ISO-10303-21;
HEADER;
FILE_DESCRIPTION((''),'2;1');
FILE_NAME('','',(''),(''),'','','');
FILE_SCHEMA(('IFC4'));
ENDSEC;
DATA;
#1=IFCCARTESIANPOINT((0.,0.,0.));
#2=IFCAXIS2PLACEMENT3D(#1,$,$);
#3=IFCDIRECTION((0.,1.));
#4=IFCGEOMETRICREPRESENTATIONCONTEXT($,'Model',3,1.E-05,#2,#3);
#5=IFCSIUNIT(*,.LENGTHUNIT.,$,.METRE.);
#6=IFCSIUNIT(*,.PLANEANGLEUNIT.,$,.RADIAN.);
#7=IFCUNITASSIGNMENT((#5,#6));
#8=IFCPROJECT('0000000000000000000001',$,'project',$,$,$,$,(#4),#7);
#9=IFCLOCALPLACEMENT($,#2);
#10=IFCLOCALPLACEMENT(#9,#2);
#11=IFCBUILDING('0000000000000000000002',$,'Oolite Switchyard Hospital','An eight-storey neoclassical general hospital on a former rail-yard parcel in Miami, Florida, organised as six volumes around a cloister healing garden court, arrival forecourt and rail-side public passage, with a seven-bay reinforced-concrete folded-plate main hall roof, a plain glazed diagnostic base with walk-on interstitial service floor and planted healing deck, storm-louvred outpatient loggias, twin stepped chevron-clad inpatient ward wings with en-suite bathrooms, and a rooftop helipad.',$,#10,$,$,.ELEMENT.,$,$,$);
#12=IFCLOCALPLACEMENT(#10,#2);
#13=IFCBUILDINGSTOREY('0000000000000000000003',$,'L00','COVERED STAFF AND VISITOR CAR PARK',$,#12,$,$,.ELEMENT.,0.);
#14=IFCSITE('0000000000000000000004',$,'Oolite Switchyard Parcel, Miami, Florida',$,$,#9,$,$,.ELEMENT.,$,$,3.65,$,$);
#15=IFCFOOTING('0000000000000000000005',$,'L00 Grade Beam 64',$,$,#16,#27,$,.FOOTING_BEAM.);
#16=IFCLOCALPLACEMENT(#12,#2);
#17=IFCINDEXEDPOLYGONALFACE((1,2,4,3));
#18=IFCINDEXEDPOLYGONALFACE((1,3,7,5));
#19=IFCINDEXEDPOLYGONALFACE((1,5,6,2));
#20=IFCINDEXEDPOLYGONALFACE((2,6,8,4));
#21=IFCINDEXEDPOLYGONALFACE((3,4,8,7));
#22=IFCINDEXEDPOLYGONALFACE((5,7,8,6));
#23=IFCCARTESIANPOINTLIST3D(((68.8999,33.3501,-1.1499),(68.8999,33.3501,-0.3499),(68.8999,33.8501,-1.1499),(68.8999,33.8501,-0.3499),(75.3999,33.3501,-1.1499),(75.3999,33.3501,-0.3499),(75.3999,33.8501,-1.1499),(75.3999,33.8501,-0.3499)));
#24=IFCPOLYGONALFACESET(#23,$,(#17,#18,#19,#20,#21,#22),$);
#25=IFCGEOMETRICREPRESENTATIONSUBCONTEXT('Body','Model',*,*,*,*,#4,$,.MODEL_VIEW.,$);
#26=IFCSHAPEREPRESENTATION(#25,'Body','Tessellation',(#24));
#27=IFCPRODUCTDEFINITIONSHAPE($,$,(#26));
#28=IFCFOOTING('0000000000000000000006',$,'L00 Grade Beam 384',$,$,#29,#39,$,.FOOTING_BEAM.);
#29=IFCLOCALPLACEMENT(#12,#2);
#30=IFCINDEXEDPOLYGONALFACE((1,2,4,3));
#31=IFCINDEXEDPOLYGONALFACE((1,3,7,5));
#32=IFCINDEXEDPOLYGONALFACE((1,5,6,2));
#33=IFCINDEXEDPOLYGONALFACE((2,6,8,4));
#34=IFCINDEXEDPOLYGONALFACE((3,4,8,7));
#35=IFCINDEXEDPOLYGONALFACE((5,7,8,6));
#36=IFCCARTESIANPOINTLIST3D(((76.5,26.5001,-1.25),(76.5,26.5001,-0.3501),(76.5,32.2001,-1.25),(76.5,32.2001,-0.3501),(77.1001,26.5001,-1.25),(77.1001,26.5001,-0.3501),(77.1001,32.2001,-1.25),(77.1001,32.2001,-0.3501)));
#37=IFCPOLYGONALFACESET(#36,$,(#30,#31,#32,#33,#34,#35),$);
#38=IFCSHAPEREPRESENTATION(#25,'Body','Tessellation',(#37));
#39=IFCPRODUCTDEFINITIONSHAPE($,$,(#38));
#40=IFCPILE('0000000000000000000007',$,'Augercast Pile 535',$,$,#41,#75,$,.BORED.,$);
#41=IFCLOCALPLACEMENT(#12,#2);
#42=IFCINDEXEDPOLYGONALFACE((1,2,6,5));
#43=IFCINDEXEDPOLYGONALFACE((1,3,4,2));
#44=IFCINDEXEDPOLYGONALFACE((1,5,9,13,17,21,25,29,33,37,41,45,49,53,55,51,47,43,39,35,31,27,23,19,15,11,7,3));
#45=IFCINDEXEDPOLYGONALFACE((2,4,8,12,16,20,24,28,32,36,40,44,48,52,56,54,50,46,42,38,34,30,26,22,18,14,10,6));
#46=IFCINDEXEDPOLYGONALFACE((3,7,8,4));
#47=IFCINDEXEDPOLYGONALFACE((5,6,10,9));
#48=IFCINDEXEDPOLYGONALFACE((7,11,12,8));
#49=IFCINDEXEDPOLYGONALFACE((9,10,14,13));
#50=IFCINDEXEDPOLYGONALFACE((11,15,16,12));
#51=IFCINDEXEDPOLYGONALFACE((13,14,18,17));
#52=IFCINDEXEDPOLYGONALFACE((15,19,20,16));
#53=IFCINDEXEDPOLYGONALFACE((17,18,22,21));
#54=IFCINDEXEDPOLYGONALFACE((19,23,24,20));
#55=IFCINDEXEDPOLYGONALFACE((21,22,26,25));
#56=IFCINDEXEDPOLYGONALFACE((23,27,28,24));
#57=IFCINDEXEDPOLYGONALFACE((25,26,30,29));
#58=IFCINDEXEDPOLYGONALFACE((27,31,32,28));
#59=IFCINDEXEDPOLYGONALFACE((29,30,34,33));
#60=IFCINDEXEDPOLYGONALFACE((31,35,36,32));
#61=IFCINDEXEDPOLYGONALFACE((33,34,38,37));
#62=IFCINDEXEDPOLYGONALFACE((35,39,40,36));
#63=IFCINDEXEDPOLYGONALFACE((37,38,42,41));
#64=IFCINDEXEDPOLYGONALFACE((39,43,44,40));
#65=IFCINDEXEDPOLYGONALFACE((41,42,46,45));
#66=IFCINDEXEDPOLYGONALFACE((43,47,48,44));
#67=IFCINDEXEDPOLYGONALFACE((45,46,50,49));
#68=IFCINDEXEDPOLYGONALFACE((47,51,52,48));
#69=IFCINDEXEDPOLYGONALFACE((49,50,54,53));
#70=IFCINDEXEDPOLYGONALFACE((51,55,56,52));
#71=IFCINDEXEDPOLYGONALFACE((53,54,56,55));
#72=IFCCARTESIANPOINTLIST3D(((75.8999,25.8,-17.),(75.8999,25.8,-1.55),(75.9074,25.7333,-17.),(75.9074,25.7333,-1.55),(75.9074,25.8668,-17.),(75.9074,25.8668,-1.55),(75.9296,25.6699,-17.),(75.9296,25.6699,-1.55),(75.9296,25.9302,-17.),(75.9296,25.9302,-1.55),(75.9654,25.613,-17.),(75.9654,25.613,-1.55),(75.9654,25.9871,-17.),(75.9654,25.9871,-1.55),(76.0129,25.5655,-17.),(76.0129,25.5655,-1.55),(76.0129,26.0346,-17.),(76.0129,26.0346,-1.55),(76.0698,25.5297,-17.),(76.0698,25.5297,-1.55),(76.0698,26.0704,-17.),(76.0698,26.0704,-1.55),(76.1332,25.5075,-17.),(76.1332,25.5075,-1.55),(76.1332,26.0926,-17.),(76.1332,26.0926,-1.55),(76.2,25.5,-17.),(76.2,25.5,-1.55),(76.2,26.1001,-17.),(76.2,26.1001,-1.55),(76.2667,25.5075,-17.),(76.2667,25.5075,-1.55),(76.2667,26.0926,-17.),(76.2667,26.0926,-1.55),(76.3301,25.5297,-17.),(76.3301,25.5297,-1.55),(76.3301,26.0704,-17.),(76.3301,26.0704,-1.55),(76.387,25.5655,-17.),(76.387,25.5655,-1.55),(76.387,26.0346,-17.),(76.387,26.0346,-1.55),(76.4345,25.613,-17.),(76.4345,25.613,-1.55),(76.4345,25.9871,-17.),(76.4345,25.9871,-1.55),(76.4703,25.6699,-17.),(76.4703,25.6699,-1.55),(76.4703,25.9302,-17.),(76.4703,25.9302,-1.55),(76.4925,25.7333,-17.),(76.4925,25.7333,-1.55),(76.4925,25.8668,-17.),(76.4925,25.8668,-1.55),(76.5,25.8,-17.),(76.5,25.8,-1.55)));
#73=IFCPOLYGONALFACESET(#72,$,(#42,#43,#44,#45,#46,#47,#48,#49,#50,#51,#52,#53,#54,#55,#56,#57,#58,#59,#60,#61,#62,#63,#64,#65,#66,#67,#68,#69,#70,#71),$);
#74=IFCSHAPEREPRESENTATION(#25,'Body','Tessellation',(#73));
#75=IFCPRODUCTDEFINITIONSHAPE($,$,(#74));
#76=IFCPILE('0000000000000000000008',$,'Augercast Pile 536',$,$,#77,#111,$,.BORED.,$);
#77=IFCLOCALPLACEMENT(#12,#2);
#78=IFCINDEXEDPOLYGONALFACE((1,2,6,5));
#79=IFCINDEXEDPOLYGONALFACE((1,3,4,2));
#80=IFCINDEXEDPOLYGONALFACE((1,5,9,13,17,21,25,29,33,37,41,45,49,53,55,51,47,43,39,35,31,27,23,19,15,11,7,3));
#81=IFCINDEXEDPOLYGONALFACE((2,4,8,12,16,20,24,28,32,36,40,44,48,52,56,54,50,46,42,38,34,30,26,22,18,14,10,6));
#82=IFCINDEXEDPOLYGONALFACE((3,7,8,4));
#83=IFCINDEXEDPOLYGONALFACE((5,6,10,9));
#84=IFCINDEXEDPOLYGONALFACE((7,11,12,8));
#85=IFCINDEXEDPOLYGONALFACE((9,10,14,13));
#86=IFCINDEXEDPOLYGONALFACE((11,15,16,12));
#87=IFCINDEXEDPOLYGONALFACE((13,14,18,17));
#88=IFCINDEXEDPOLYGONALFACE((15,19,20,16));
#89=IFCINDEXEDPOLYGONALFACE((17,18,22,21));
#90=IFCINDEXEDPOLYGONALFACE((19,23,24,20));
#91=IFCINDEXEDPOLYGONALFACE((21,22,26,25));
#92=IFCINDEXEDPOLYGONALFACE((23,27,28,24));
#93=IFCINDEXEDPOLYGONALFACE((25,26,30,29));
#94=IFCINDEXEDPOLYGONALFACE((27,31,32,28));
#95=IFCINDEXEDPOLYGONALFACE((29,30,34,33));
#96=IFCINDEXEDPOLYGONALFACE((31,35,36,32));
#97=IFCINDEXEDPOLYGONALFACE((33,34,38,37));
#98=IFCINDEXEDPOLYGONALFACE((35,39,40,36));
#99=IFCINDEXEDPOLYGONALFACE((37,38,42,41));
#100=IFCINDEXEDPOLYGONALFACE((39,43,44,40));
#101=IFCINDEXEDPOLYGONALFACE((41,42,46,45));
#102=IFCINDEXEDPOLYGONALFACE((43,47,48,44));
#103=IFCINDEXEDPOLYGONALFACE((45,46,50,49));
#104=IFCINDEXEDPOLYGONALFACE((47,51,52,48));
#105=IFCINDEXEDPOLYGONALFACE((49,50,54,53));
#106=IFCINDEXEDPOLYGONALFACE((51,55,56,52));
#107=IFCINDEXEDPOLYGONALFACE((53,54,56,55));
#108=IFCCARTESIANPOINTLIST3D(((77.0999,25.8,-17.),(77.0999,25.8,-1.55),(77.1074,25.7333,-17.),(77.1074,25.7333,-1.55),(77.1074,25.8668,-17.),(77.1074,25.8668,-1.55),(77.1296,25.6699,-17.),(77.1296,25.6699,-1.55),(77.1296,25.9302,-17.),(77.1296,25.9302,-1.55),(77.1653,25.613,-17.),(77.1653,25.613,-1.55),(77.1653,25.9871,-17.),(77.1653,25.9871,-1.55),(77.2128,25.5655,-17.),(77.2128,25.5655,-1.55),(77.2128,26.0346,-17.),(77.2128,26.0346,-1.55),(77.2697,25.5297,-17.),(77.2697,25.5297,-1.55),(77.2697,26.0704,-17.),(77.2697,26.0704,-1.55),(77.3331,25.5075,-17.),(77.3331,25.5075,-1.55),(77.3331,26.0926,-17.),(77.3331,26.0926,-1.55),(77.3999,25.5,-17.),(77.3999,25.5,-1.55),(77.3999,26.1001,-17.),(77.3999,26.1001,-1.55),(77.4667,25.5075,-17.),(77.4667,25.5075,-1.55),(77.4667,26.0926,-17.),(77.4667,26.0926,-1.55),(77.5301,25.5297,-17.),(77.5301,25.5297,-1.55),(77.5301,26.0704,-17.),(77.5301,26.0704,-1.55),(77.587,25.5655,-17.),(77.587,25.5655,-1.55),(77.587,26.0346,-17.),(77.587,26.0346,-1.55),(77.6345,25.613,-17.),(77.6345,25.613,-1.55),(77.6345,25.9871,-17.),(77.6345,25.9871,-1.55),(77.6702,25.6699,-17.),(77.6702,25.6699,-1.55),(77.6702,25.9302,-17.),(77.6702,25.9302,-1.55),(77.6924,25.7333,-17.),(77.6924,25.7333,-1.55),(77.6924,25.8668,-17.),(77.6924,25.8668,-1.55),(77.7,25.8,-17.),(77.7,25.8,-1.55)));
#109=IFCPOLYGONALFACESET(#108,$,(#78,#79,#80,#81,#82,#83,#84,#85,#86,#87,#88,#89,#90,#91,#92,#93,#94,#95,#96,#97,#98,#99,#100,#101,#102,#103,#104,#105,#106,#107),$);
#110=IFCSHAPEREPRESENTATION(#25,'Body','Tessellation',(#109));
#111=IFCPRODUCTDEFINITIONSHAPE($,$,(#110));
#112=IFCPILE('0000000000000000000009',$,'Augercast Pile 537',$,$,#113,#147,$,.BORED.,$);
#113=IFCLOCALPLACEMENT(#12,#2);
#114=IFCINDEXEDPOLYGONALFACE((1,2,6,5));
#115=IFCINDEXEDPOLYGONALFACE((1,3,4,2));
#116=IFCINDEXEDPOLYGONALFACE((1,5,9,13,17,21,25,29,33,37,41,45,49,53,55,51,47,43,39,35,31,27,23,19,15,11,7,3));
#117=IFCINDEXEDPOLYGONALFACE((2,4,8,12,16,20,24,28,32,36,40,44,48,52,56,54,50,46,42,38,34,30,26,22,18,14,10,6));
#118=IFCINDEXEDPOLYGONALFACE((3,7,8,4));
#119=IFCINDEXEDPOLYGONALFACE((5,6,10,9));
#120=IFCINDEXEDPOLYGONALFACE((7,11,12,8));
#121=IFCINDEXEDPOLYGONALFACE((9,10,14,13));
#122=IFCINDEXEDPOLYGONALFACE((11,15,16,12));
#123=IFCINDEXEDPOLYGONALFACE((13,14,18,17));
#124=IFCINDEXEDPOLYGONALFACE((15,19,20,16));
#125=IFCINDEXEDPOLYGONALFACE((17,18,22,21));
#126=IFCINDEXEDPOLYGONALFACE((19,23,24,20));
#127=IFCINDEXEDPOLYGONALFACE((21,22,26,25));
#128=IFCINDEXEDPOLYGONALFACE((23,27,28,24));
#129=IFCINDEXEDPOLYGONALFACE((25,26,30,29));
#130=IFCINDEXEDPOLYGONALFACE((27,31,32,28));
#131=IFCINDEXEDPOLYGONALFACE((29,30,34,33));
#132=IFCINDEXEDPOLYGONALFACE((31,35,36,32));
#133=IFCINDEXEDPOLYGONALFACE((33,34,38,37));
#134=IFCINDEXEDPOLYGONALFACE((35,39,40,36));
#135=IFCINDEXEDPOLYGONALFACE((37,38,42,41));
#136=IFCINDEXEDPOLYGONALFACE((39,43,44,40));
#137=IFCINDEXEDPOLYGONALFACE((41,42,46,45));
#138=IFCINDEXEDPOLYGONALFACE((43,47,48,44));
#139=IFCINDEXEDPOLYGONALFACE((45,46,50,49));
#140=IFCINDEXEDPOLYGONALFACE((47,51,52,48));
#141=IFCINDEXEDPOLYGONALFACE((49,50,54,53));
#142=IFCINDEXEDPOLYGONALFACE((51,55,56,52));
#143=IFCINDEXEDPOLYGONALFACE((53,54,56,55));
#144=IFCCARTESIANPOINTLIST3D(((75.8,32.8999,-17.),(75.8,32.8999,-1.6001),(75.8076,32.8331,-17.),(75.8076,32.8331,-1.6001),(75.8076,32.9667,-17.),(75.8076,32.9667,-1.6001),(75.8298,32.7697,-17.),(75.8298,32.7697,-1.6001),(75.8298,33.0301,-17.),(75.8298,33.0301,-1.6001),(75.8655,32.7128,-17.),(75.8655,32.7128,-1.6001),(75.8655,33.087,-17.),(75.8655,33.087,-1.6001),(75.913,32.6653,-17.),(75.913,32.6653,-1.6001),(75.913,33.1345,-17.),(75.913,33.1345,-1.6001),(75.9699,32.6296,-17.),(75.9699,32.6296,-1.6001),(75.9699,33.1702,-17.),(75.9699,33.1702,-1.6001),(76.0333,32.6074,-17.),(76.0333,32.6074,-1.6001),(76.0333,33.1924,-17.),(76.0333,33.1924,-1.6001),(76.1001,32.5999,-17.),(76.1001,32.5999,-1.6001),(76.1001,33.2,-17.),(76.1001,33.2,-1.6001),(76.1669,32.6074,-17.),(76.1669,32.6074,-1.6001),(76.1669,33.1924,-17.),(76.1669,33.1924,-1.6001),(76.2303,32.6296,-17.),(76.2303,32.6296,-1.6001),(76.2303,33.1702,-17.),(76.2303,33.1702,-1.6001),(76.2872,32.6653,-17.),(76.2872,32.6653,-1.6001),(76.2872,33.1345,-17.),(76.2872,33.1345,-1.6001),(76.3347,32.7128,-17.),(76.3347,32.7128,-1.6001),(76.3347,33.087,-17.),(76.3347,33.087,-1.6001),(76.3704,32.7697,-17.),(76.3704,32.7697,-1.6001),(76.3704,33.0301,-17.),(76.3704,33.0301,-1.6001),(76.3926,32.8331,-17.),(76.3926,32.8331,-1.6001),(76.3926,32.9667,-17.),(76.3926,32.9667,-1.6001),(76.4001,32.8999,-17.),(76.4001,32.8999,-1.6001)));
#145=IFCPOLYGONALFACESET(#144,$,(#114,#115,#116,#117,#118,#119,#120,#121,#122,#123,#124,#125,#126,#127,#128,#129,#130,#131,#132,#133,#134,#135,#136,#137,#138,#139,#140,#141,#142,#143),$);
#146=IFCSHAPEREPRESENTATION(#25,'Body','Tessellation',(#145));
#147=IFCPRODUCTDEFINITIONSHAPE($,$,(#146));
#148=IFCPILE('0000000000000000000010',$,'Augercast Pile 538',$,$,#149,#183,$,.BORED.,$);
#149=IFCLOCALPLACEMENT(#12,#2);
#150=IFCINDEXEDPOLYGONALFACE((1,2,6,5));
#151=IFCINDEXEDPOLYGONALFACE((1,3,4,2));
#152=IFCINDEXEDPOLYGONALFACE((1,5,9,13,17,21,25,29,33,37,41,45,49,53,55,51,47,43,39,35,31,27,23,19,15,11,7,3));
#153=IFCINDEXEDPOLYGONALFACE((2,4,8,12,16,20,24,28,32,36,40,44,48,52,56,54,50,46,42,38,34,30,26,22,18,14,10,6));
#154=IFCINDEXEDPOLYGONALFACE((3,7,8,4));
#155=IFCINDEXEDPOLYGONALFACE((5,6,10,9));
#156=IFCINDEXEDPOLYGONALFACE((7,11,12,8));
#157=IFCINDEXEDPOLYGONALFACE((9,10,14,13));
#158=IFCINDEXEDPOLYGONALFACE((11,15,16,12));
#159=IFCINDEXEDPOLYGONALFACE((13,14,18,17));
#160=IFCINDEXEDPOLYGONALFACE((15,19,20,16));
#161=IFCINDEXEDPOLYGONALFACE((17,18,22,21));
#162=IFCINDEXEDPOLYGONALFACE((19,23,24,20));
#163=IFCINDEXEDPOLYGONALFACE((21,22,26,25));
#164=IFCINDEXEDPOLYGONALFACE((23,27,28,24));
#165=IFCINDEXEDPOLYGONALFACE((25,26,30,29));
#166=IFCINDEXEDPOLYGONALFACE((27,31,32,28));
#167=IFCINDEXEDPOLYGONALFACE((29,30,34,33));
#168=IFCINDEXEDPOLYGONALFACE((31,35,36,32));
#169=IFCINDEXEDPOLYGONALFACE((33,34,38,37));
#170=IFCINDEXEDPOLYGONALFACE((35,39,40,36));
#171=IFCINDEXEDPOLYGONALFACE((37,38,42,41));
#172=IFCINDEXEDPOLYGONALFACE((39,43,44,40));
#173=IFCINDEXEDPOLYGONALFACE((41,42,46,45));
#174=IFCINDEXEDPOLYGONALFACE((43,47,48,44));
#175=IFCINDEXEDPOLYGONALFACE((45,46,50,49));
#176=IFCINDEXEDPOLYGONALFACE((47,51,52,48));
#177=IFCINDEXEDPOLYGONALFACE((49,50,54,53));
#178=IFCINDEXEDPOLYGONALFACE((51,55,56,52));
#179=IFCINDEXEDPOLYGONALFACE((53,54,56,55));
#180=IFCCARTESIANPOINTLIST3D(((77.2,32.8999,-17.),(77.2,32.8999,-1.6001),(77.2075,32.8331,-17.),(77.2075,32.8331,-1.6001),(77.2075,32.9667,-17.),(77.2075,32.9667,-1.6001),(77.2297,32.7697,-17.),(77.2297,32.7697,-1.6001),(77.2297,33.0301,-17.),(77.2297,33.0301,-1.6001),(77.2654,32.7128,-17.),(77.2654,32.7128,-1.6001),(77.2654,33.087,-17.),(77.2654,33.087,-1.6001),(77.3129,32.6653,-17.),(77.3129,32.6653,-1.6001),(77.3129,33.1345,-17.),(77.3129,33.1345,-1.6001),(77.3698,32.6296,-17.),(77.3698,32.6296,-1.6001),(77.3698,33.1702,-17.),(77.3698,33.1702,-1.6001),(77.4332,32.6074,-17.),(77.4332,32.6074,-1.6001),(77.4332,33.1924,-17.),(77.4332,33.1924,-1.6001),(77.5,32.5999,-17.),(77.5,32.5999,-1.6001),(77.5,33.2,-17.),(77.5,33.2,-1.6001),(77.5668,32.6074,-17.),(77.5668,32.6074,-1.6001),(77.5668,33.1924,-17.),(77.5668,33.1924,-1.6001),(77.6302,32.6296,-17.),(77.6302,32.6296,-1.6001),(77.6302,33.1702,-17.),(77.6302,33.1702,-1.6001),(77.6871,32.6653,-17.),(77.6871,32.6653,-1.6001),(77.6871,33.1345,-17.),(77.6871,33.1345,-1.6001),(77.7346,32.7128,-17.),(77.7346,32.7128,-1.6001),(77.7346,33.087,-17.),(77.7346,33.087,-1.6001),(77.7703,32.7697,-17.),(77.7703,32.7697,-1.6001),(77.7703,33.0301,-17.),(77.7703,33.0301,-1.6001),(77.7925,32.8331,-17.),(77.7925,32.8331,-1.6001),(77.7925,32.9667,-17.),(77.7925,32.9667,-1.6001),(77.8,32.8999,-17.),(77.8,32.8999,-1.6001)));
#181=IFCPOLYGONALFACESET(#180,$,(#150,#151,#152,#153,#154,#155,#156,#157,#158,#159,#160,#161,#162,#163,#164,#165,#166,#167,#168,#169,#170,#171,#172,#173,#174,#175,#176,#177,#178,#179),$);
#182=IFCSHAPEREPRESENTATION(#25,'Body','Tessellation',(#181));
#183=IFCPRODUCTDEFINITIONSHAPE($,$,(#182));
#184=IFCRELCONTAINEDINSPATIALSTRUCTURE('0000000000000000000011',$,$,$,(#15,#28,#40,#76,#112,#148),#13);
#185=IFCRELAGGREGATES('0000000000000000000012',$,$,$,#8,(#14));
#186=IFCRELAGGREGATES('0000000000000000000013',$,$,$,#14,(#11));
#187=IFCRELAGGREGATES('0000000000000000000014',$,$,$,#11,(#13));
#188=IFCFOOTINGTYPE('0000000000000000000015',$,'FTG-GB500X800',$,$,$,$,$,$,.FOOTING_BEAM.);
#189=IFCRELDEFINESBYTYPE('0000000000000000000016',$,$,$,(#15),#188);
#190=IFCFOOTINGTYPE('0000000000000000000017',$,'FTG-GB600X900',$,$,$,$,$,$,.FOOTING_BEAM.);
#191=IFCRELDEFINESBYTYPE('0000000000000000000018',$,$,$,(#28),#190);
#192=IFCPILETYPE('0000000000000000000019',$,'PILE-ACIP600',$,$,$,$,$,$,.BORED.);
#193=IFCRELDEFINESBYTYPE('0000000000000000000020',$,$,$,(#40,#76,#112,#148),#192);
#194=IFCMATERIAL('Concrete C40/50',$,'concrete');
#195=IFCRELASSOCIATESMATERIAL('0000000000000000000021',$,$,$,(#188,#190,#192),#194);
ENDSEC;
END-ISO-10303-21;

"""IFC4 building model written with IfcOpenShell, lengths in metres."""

from ifc_helpers import new_model, si_unit, direction, frame, origin, origin_2d, place, context, subcontext, project, spatial, rectangle, circle, extrude, material, material_profile, profile_set, type_object, element, save


model = new_model("IFC4")

# Units and contexts
model_context = context("Model", 3, precision=1e-05, world=origin(), true_north=direction((0.0, 1.0)))
body_context = subcontext(model_context, "Body", "Model", "MODEL_VIEW")
ifc_project = project(units=[si_unit("LENGTHUNIT", "METRE"), si_unit("PLANEANGLEUNIT", "RADIAN")], contexts=[model_context])

# Site, building, storey
site_placement = place(None, origin())
site = spatial("IfcSite", under=ifc_project, at=site_placement, Name="Oolite Switchyard Parcel, Miami, Florida", CompositionType="ELEMENT", RefElevation=3.65)
building_placement = place(site_placement, origin())
building = spatial("IfcBuilding", under=site, at=building_placement, Name="Oolite Switchyard Hospital", Description="An eight-storey neoclassical general hospital on a former rail-yard parcel in Miami, Florida, organised as six volumes around a cloister healing garden court, arrival forecourt and rail-side public passage, with a seven-bay reinforced-concrete folded-plate main hall roof, a plain glazed diagnostic base with walk-on interstitial service floor and planted healing deck, storm-louvred outpatient loggias, twin stepped chevron-clad inpatient ward wings with en-suite bathrooms, and a rooftop helipad.", CompositionType="ELEMENT")
storey_placement = place(building_placement, origin())
storey = spatial("IfcBuildingStorey", under=building, at=storey_placement, Name="L00", Description="COVERED STAFF AND VISITOR CAR PARK", CompositionType="ELEMENT", Elevation=0.0)

# Footings
ifc_material_1 = material(Name="Concrete C40/50", Category="concrete")
footing_type_1 = type_object("IfcFootingType", Name="FTG-GB500X800", PredefinedType="FOOTING_BEAM", material=ifc_material_1)
footing_1_placement = place(storey_placement, frame((72.1499, 33.6001, -1.1499), z_axis=(0.0, 0.0, 1.0), x_axis=(1.0, 0.0, 0.0)))
element("IfcFooting", 1, at=footing_1_placement, inside=storey, type_object=footing_type_1, Name="L00 Grade Beam 64", PredefinedType="FOOTING_BEAM", context=body_context, shape_type="SweptSolid", body=[
    extrude(rectangle(XDim=6.5, YDim=0.5, at=origin_2d()), origin(), (0.0, 0.0, 1.0), 0.8),
])
footing_type_2 = type_object("IfcFootingType", Name="FTG-GB600X900", PredefinedType="FOOTING_BEAM", material=ifc_material_1)
footing_2_placement = place(storey_placement, frame((76.8, 29.3501, -1.25), z_axis=(0.0, 0.0, 1.0), x_axis=(0.0, 1.0, 0.0)))
element("IfcFooting", 2, at=footing_2_placement, inside=storey, type_object=footing_type_2, Name="L00 Grade Beam 384", PredefinedType="FOOTING_BEAM", context=body_context, shape_type="SweptSolid", body=[
    extrude(rectangle(XDim=5.7, YDim=0.6001, at=origin_2d()), origin(), (0.0, 0.0, 1.0), 0.8999),
])

# Piles
ifc_material_profile_1 = material_profile(ifc_material_1, circle(Radius=0.3, at=origin_2d()), Name="PILE600")
ifc_profile_set_1 = profile_set([ifc_material_profile_1], Name="Concrete C40/50")
pile_type = type_object("IfcPileType", Name="PILE-ACIP600", PredefinedType="BORED", material=ifc_profile_set_1)
for number, where, z_axis, x_axis, name in (
    (3, (76.2, 25.8, -1.55), (0.0, 0.0, -1.0), (1.0, 0.0, 0.0), "Augercast Pile 535"),
    (4, (77.3999, 25.8, -1.55), (0.0, 0.0, -1.0), (1.0, 0.0, 0.0), "Augercast Pile 536"),
):
    element("IfcPile", number, at=place(storey_placement, frame(where, z_axis=z_axis, x_axis=x_axis)), inside=storey, type_object=pile_type, Name=name, PredefinedType="BORED", context=body_context, shape_type="SweptSolid", body=[
        extrude(circle(Radius=0.3, at=origin_2d()), origin(), (0.0, 0.0, 1.0), 15.45),
    ])
for number, where, z_axis, x_axis, name in (
    (5, (76.1001, 32.8999, -1.6001), (0.0, 0.0, -1.0), (1.0, 0.0, 0.0), "Augercast Pile 537"),
    (6, (77.5, 32.8999, -1.6001), (0.0, 0.0, -1.0), (1.0, 0.0, 0.0), "Augercast Pile 538"),
):
    element("IfcPile", number, at=place(storey_placement, frame(where, z_axis=z_axis, x_axis=x_axis)), inside=storey, type_object=pile_type, Name=name, PredefinedType="BORED", context=body_context, shape_type="SweptSolid", body=[
        extrude(circle(Radius=0.3, at=origin_2d()), origin(), (0.0, 0.0, 1.0), 15.3999),
    ])

save(model, "model.ifc")
